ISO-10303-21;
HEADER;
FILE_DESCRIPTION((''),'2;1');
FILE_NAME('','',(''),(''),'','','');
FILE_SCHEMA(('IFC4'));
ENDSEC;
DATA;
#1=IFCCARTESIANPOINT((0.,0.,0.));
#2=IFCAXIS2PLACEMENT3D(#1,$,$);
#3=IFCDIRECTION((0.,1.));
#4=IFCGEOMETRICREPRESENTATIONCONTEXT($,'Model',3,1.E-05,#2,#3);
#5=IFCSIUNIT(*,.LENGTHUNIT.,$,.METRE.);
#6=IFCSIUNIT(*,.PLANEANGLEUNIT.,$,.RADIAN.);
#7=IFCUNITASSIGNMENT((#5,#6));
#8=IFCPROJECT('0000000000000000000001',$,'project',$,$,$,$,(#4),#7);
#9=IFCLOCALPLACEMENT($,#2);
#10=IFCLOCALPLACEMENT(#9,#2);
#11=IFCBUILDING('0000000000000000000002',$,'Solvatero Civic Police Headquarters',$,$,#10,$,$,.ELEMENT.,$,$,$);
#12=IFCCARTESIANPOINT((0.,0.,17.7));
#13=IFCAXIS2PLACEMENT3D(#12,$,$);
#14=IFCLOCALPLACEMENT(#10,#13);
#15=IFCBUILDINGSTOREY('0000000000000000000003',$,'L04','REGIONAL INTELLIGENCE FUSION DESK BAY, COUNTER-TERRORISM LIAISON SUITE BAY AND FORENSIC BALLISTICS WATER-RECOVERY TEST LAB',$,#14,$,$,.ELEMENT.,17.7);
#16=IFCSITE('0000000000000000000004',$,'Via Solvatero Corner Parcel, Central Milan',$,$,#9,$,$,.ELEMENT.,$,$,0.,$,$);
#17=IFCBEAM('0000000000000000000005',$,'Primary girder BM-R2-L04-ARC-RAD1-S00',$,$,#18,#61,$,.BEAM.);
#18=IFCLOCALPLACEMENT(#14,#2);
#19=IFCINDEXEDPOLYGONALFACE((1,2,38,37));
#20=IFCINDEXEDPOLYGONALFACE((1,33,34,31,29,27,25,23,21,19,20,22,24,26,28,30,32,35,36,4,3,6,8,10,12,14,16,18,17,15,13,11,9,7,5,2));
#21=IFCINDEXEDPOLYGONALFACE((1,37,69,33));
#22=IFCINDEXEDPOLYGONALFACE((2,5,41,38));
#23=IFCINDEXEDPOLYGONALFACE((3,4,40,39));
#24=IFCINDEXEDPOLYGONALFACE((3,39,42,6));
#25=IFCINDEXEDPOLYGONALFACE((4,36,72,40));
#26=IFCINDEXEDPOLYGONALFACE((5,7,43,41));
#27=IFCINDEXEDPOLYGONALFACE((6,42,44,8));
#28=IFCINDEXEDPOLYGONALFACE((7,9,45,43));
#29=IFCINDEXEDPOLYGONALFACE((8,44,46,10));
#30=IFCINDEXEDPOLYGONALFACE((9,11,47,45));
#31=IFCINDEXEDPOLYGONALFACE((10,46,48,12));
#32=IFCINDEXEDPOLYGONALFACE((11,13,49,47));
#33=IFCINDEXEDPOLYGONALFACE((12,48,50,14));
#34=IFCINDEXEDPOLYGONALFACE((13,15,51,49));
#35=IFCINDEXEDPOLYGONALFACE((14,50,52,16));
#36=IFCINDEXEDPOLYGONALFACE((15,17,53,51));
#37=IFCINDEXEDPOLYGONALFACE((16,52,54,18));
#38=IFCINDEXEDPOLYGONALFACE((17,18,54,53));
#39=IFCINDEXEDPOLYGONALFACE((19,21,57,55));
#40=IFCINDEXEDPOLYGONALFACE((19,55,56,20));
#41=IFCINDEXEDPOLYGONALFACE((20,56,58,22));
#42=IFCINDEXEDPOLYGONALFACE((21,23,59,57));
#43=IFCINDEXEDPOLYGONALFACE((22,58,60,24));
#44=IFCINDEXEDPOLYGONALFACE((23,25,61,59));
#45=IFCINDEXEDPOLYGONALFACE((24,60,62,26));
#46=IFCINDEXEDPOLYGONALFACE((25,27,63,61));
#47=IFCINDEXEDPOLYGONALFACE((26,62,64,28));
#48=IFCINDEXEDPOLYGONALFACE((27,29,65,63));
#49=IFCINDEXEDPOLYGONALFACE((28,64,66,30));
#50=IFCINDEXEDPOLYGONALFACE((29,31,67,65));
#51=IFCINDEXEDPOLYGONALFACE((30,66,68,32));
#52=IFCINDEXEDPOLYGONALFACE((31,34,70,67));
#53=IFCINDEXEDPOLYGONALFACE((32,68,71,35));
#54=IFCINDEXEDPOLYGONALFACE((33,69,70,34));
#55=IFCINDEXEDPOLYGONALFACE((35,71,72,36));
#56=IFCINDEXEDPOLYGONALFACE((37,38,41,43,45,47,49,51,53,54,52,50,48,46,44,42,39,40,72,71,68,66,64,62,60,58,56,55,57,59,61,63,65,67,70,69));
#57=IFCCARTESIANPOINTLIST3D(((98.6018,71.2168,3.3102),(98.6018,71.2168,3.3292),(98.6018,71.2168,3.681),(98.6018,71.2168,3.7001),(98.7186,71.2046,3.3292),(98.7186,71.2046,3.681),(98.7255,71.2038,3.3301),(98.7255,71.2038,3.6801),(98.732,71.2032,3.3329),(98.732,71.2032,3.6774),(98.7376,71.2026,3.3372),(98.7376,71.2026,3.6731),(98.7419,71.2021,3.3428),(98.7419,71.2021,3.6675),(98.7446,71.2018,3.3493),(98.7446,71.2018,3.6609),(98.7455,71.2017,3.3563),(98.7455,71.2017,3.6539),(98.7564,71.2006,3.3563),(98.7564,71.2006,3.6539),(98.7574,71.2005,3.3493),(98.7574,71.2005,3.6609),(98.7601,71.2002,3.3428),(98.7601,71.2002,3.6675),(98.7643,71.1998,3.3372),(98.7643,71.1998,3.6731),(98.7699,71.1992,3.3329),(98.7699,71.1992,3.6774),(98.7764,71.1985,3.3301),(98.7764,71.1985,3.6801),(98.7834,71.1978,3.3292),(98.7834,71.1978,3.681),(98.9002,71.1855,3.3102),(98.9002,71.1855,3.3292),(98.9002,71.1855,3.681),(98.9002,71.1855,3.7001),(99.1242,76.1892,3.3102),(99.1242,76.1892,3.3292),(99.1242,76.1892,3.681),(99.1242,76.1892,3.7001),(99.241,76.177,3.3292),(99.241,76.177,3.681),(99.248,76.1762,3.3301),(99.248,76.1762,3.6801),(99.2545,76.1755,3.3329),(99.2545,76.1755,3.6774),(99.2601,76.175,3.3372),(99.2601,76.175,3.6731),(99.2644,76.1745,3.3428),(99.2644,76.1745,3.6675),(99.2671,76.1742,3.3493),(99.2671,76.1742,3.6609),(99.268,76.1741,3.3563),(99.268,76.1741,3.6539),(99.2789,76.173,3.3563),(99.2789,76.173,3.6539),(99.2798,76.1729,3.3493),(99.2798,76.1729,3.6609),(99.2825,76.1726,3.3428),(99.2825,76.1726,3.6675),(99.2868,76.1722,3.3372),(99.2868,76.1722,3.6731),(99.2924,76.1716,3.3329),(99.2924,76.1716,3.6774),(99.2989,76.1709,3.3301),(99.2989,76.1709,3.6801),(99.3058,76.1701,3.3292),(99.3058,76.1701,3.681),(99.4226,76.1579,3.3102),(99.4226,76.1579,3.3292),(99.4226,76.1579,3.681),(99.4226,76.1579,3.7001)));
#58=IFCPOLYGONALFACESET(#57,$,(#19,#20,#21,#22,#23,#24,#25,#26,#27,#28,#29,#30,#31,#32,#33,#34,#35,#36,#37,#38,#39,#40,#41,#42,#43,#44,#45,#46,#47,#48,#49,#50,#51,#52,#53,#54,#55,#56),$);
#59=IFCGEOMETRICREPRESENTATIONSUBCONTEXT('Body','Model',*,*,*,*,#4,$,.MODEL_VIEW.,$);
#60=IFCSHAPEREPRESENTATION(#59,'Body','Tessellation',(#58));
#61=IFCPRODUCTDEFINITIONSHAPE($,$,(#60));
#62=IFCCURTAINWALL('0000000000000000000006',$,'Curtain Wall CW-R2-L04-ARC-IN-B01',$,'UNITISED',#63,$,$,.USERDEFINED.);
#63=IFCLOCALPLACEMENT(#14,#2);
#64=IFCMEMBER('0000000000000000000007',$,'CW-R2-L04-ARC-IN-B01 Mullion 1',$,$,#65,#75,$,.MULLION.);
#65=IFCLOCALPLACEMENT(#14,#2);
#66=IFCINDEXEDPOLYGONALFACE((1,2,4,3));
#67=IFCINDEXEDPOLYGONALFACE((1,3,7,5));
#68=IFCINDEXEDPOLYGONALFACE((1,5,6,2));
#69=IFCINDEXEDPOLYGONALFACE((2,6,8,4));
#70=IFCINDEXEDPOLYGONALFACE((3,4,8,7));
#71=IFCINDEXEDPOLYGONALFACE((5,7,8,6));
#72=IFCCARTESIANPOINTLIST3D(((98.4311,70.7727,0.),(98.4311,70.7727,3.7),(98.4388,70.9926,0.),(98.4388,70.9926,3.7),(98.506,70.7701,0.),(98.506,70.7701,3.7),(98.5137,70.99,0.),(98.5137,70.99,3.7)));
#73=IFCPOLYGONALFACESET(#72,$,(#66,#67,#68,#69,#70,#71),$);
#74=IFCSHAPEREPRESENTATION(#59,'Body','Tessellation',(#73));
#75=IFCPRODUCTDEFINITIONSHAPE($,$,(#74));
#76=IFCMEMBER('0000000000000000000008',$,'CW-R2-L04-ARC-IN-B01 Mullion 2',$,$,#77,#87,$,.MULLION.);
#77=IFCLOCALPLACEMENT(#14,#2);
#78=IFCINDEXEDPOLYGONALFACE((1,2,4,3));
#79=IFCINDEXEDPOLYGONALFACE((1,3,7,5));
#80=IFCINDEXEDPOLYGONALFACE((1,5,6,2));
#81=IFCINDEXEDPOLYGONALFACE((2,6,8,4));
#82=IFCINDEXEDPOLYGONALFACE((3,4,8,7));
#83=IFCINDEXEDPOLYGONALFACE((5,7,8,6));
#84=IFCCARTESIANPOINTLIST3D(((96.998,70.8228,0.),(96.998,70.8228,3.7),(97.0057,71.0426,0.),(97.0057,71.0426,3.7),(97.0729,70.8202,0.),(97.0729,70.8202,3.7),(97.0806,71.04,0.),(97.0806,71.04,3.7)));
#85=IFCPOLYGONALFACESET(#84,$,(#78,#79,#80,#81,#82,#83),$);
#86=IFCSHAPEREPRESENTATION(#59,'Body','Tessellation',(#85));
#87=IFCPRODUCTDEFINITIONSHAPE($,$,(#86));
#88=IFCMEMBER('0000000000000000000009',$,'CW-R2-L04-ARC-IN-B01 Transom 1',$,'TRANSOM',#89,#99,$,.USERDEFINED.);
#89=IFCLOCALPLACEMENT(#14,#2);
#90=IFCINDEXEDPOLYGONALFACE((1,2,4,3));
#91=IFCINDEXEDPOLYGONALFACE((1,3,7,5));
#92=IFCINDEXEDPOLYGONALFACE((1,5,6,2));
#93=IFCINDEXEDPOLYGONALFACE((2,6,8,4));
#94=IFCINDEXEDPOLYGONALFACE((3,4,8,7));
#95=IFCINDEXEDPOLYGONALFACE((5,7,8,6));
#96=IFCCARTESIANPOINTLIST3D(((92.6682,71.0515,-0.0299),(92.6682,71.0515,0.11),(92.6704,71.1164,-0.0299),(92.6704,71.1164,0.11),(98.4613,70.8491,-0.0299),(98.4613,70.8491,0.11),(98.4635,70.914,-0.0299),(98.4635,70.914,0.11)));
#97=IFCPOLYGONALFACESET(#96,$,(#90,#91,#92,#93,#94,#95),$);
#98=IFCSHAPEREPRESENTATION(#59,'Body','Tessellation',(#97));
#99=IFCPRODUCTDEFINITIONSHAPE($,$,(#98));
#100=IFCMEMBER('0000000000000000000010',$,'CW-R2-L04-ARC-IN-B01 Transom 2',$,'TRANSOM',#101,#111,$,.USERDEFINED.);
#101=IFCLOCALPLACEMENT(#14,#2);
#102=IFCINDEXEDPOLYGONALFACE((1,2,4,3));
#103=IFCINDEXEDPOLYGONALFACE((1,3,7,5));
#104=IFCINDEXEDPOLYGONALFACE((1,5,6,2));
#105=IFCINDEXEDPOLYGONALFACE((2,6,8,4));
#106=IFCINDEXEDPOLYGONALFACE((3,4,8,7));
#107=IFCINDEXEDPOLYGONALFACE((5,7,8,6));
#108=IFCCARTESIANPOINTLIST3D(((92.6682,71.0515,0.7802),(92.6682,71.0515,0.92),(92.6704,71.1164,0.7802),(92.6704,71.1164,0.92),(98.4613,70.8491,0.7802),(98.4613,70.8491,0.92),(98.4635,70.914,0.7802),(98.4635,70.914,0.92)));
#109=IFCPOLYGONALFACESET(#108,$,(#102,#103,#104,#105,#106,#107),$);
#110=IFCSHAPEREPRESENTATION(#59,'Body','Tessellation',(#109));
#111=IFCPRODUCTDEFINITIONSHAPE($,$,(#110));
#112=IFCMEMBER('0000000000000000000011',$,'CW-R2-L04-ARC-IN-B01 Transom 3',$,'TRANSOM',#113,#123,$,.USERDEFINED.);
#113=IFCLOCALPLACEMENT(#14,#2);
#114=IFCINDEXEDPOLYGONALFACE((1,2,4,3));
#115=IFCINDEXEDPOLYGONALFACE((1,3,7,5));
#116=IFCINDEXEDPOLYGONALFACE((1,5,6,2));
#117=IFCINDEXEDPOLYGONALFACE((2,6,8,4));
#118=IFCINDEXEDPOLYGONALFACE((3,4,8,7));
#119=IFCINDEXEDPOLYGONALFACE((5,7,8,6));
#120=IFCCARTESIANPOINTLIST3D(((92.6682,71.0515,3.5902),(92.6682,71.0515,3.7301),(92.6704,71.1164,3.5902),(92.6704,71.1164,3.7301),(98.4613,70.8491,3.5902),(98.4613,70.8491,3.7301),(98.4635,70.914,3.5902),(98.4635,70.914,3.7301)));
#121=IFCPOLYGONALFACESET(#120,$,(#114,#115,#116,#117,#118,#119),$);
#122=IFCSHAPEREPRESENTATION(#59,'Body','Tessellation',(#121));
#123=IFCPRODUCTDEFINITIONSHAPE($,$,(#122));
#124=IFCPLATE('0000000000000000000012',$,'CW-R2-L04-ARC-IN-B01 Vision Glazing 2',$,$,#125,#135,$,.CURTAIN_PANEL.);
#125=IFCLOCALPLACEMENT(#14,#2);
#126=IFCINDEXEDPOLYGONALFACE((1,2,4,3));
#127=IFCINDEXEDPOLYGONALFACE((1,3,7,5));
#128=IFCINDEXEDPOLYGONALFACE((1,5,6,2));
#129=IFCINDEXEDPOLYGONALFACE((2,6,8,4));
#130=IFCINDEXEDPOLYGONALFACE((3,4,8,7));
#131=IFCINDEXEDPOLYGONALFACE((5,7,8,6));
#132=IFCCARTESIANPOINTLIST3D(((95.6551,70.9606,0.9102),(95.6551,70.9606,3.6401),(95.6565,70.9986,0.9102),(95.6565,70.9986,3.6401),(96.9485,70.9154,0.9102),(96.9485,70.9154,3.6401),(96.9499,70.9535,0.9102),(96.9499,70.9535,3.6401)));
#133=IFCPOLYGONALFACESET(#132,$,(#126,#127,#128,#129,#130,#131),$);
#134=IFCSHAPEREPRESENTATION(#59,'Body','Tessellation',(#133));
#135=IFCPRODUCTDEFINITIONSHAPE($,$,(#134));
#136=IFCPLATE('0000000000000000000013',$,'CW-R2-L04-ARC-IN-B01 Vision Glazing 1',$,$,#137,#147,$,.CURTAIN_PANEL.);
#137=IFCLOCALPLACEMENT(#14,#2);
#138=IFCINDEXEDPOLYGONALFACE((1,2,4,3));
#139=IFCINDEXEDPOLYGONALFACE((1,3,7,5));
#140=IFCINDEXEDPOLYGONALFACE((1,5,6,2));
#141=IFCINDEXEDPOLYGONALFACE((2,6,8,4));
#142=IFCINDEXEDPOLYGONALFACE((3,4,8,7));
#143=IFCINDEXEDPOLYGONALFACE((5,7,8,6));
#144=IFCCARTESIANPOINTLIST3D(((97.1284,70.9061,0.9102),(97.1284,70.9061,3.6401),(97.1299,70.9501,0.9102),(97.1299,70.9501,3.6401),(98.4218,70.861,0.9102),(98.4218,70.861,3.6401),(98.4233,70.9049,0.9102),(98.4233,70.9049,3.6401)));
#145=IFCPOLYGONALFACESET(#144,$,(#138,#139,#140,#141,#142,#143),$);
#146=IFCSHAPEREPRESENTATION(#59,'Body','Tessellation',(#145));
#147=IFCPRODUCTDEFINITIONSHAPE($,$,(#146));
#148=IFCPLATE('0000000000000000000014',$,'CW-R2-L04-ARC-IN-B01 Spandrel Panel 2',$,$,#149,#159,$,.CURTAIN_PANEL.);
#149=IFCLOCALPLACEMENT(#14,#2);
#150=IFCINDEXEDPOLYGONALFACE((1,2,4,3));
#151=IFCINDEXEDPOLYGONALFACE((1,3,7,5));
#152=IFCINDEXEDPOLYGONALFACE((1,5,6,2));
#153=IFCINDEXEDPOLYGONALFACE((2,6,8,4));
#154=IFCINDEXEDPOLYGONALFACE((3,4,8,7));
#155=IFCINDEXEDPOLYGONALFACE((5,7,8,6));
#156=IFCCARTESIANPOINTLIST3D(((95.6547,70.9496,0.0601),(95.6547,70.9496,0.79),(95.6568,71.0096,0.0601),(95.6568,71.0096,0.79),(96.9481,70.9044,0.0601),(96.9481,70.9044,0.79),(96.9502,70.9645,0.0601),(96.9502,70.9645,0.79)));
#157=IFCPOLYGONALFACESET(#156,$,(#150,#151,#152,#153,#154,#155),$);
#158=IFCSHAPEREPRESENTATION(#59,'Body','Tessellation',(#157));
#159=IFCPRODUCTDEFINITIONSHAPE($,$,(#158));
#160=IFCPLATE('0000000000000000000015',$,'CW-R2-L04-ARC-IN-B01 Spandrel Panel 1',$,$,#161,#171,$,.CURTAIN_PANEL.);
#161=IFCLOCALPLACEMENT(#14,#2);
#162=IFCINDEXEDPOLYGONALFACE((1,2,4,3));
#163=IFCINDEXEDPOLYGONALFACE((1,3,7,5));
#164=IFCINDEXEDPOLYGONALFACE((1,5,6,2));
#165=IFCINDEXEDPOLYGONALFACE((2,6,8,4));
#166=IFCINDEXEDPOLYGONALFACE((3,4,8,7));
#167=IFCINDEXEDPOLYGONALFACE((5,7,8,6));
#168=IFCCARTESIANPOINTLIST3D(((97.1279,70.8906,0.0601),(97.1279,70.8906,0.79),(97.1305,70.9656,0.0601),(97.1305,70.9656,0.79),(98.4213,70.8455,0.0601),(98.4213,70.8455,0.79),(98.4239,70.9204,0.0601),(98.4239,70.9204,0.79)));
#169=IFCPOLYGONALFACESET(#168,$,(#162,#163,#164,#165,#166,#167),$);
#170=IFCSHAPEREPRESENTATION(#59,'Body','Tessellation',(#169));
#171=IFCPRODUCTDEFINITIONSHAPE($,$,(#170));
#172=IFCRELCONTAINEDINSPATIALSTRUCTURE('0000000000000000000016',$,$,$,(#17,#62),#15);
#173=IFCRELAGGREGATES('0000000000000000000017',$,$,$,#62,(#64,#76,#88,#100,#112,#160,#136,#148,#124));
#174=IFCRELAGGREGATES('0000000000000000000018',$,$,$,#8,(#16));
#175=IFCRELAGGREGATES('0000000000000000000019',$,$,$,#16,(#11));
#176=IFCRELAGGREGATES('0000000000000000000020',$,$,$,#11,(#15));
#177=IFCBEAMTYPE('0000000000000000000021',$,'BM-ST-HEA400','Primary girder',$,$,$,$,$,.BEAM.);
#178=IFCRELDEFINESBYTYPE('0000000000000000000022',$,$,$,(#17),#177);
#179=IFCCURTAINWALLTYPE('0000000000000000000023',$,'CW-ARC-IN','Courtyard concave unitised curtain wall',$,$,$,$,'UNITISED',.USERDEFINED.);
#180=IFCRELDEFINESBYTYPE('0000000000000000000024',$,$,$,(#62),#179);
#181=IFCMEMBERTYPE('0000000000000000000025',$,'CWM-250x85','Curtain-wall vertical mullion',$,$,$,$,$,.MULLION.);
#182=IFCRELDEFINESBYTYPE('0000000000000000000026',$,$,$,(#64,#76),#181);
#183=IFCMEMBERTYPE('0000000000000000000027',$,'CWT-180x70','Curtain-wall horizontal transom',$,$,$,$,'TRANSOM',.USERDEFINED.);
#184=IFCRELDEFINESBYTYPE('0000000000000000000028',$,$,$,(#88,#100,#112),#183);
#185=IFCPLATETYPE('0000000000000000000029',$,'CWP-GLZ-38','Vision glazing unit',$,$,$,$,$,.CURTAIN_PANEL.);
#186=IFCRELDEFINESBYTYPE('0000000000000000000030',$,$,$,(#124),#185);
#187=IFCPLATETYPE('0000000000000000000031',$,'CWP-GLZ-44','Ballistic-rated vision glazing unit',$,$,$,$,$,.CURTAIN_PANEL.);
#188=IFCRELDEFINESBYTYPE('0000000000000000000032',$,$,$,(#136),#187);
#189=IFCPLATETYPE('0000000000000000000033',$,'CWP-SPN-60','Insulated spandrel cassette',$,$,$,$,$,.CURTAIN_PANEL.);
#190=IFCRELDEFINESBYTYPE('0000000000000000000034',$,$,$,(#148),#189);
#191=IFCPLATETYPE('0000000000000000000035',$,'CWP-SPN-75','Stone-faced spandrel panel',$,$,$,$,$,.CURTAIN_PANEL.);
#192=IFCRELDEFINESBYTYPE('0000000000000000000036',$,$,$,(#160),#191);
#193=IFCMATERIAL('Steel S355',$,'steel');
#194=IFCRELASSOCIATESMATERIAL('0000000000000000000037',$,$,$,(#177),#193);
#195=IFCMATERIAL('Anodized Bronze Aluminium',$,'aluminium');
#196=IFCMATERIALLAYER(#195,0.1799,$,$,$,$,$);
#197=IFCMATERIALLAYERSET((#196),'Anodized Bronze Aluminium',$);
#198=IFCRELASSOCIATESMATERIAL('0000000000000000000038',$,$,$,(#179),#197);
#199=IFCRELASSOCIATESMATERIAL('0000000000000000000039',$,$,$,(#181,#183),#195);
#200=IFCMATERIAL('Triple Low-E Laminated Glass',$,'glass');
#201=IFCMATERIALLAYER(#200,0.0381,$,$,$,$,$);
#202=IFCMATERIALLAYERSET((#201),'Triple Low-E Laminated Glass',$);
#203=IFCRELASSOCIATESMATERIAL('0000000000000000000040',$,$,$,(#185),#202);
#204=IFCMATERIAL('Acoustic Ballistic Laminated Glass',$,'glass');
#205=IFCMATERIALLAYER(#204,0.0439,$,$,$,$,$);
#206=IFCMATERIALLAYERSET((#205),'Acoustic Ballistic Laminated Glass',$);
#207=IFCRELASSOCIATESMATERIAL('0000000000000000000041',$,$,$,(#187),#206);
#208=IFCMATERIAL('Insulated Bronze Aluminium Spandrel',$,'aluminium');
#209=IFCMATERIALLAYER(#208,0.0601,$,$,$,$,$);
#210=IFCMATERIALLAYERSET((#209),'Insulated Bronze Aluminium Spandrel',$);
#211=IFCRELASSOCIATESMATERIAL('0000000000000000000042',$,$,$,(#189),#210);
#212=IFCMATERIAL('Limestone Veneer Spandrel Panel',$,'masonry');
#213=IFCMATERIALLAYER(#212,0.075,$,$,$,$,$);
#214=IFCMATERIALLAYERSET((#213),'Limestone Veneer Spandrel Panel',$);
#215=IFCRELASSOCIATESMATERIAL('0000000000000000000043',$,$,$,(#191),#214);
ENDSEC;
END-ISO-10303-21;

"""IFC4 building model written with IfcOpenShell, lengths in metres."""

from ifc_helpers import new_model, si_unit, direction, frame, origin, origin_2d, place, context, subcontext, project, spatial, rectangle, i_section, extrude, material, layer, layer_set, material_profile, profile_set, type_object, element, aggregate, save


model = new_model("IFC4")

# Units and contexts
model_context = context("Model", 3, precision=1e-05, world=origin(), true_north=direction((0.0, 1.0)))
body_context = subcontext(model_context, "Body", "Model", "MODEL_VIEW")
ifc_project = project(units=[si_unit("LENGTHUNIT", "METRE"), si_unit("PLANEANGLEUNIT", "RADIAN")], contexts=[model_context])

# Site, building, storey
site_placement = place(None, origin())
site = spatial("IfcSite", under=ifc_project, at=site_placement, Name="Via Solvatero Corner Parcel, Central Milan", CompositionType="ELEMENT", RefElevation=0.0)
building_placement = place(site_placement, origin())
building = spatial("IfcBuilding", under=site, at=building_placement, Name="Solvatero Civic Police Headquarters", CompositionType="ELEMENT")
storey_placement = place(building_placement, frame((0.0, 0.0, 17.7)))
storey = spatial("IfcBuildingStorey", under=building, at=storey_placement, Name="L04", Description="REGIONAL INTELLIGENCE FUSION DESK BAY, COUNTER-TERRORISM LIAISON SUITE BAY AND FORENSIC BALLISTICS WATER-RECOVERY TEST LAB", CompositionType="ELEMENT", Elevation=17.7)

# Shared definitions
ifc_material_1 = material(Name="Steel S355", Category="steel")

# Beam
ifc_material_profile_1 = material_profile(ifc_material_1, i_section(OverallWidth=0.3, OverallDepth=0.3899, WebThickness=0.011, FlangeThickness=0.019, FilletRadius=0.0271, at=origin_2d()), Name="HEA 400")
ifc_profile_set_1 = profile_set([ifc_material_profile_1], Name="Steel S355")
beam_type_1 = type_object("IfcBeamType", Name="BM-ST-HEA400", Description="Primary girder", PredefinedType="BEAM", material=ifc_profile_set_1)
beam_1_placement = place(storey_placement, frame((98.751, 71.2012, 3.5051), z_axis=(0.104497, 0.994525, 0.0), x_axis=(-0.994525, 0.104497, 0.0)))
element("IfcBeam", 1, at=beam_1_placement, inside=storey, type_object=beam_type_1, Name="Primary girder BM-R2-L04-ARC-RAD1-S00", PredefinedType="BEAM", context=body_context, shape_type="SweptSolid", body=[
    extrude(i_section(OverallWidth=0.3, OverallDepth=0.3899, WebThickness=0.011, FlangeThickness=0.019, FilletRadius=0.0271, at=origin_2d()), origin(), (0.0, 0.0, 1.0), 4.9998),
])

# Curtain wall, members, plates
ifc_material_2 = material(Name="Anodized Bronze Aluminium", Category="aluminium")
ifc_layer_1 = layer(ifc_material_2, 0.1799)
ifc_layer_set_1 = layer_set([ifc_layer_1], Name="Anodized Bronze Aluminium")
curtain_wall_type = type_object("IfcCurtainWallType", Name="CW-ARC-IN", Description="Courtyard concave unitised curtain wall", ElementType="UNITISED", PredefinedType="USERDEFINED", material=ifc_layer_set_1)
curtain_wall_placement = place(storey_placement, origin())
curtain_wall = element("IfcCurtainWall", 2, at=curtain_wall_placement, inside=storey, type_object=curtain_wall_type, Name="Curtain Wall CW-R2-L04-ARC-IN-B01", ObjectType="UNITISED", PredefinedType="USERDEFINED")
ifc_material_profile_2 = material_profile(ifc_material_2, rectangle(XDim=0.075, YDim=0.22, at=origin_2d()), Name="ALU MULLION 75x220")
ifc_profile_set_2 = profile_set([ifc_material_profile_2], Name="Anodized Bronze Aluminium")
member_type_1 = type_object("IfcMemberType", Name="CWM-250x85", Description="Curtain-wall vertical mullion", PredefinedType="MULLION", material=ifc_profile_set_2)
member_1_placement = place(storey_placement, frame((98.4724, 70.8813, 0.0), z_axis=(0.0, 0.0, 1.0), x_axis=(-0.999391, 0.034899, 0.0)))
member_1 = element("IfcMember", 3, at=member_1_placement, type_object=member_type_1, Name="CW-R2-L04-ARC-IN-B01 Mullion 1", PredefinedType="MULLION", context=body_context, shape_type="SweptSolid", body=[
    extrude(rectangle(XDim=0.075, YDim=0.22, at=origin_2d()), origin(), (0.0, 0.0, 1.0), 3.7),
])
member_2_placement = place(storey_placement, frame((97.0393, 70.9314, 0.0), z_axis=(0.0, 0.0, 1.0), x_axis=(-0.999391, 0.034899, 0.0)))
member_2 = element("IfcMember", 4, at=member_2_placement, type_object=member_type_1, Name="CW-R2-L04-ARC-IN-B01 Mullion 2", PredefinedType="MULLION", context=body_context, shape_type="SweptSolid", body=[
    extrude(rectangle(XDim=0.075, YDim=0.22, at=origin_2d()), origin(), (0.0, 0.0, 1.0), 3.7),
])
ifc_material_profile_3 = material_profile(ifc_material_2, rectangle(XDim=0.0649, YDim=0.1399, at=origin_2d()), Name="ALU TRANSOM 65x140")
ifc_profile_set_3 = profile_set([ifc_material_profile_3], Name="Anodized Bronze Aluminium")
member_type_2 = type_object("IfcMemberType", Name="CWT-180x70", Description="Curtain-wall horizontal transom", ElementType="TRANSOM", PredefinedType="USERDEFINED", material=ifc_profile_set_3)
member_3_placement = place(storey_placement, frame((98.4624, 70.8816, 0.04), z_axis=(-0.99939, 0.034915, 0.0), x_axis=(-0.034915, -0.99939, 0.0)))
member_3 = element("IfcMember", 5, at=member_3_placement, type_object=member_type_2, Name="CW-R2-L04-ARC-IN-B01 Transom 1", ObjectType="TRANSOM", PredefinedType="USERDEFINED", context=body_context, shape_type="SweptSolid", body=[
    extrude(rectangle(XDim=0.0649, YDim=0.1399, at=origin_2d()), origin(), (0.0, 0.0, 1.0), 5.7966),
])
member_4_placement = place(storey_placement, frame((98.4624, 70.8816, 0.8501), z_axis=(-0.99939, 0.034915, 0.0), x_axis=(-0.034915, -0.99939, 0.0)))
member_4 = element("IfcMember", 6, at=member_4_placement, type_object=member_type_2, Name="CW-R2-L04-ARC-IN-B01 Transom 2", ObjectType="TRANSOM", PredefinedType="USERDEFINED", context=body_context, shape_type="SweptSolid", body=[
    extrude(rectangle(XDim=0.0649, YDim=0.1399, at=origin_2d()), origin(), (0.0, 0.0, 1.0), 5.7966),
])
member_5_placement = place(storey_placement, frame((98.4624, 70.8816, 3.6602), z_axis=(-0.99939, 0.034915, 0.0), x_axis=(-0.034915, -0.99939, 0.0)))
member_5 = element("IfcMember", 7, at=member_5_placement, type_object=member_type_2, Name="CW-R2-L04-ARC-IN-B01 Transom 3", ObjectType="TRANSOM", PredefinedType="USERDEFINED", context=body_context, shape_type="SweptSolid", body=[
    extrude(rectangle(XDim=0.0649, YDim=0.1399, at=origin_2d()), origin(), (0.0, 0.0, 1.0), 5.7966),
])
ifc_material_3 = material(Name="Triple Low-E Laminated Glass", Category="glass")
ifc_layer_2 = layer(ifc_material_3, 0.0381)
ifc_layer_set_2 = layer_set([ifc_layer_2], Name="Triple Low-E Laminated Glass")
plate_type_1 = type_object("IfcPlateType", Name="CWP-GLZ-38", Description="Vision glazing unit", PredefinedType="CURTAIN_PANEL", material=ifc_layer_set_2)
plate_1_placement = place(storey_placement, frame((96.3025, 70.957, 0.9102), z_axis=(0.0, 0.0, 1.0), x_axis=(-0.999391, 0.034899, 0.0)))
plate_1 = element("IfcPlate", 8, at=plate_1_placement, type_object=plate_type_1, Name="CW-R2-L04-ARC-IN-B01 Vision Glazing 2", PredefinedType="CURTAIN_PANEL", context=body_context, shape_type="SweptSolid", body=[
    extrude(rectangle(XDim=1.2942, YDim=0.0381, at=origin_2d()), origin(), (0.0, 0.0, 1.0), 2.73),
])
ifc_material_4 = material(Name="Acoustic Ballistic Laminated Glass", Category="glass")
ifc_layer_3 = layer(ifc_material_4, 0.0439)
ifc_layer_set_3 = layer_set([ifc_layer_3], Name="Acoustic Ballistic Laminated Glass")
plate_type_2 = type_object("IfcPlateType", Name="CWP-GLZ-44", Description="Ballistic-rated vision glazing unit", PredefinedType="CURTAIN_PANEL", material=ifc_layer_set_3)
plate_2_placement = place(storey_placement, frame((97.7759, 70.9055, 0.9102), z_axis=(0.0, 0.0, 1.0), x_axis=(-0.999391, 0.034899, 0.0)))
plate_2 = element("IfcPlate", 9, at=plate_2_placement, type_object=plate_type_2, Name="CW-R2-L04-ARC-IN-B01 Vision Glazing 1", PredefinedType="CURTAIN_PANEL", context=body_context, shape_type="SweptSolid", body=[
    extrude(rectangle(XDim=1.2942, YDim=0.0439, at=origin_2d()), origin(), (0.0, 0.0, 1.0), 2.73),
])
ifc_material_5 = material(Name="Insulated Bronze Aluminium Spandrel", Category="aluminium")
ifc_layer_4 = layer(ifc_material_5, 0.0601)
ifc_layer_set_4 = layer_set([ifc_layer_4], Name="Insulated Bronze Aluminium Spandrel")
plate_type_3 = type_object("IfcPlateType", Name="CWP-SPN-60", Description="Insulated spandrel cassette", PredefinedType="CURTAIN_PANEL", material=ifc_layer_set_4)
plate_3_placement = place(storey_placement, frame((96.3025, 70.957, 0.0601), z_axis=(0.0, 0.0, 1.0), x_axis=(-0.999391, 0.034899, 0.0)))
plate_3 = element("IfcPlate", 10, at=plate_3_placement, type_object=plate_type_3, Name="CW-R2-L04-ARC-IN-B01 Spandrel Panel 2", PredefinedType="CURTAIN_PANEL", context=body_context, shape_type="SweptSolid", body=[
    extrude(rectangle(XDim=1.2942, YDim=0.0601, at=origin_2d()), origin(), (0.0, 0.0, 1.0), 0.73),
])
ifc_material_6 = material(Name="Limestone Veneer Spandrel Panel", Category="masonry")
ifc_layer_5 = layer(ifc_material_6, 0.075)
ifc_layer_set_5 = layer_set([ifc_layer_5], Name="Limestone Veneer Spandrel Panel")
plate_type_4 = type_object("IfcPlateType", Name="CWP-SPN-75", Description="Stone-faced spandrel panel", PredefinedType="CURTAIN_PANEL", material=ifc_layer_set_5)
plate_4_placement = place(storey_placement, frame((97.7759, 70.9055, 0.0601), z_axis=(0.0, 0.0, 1.0), x_axis=(-0.999391, 0.034899, 0.0)))
plate_4 = element("IfcPlate", 11, at=plate_4_placement, type_object=plate_type_4, Name="CW-R2-L04-ARC-IN-B01 Spandrel Panel 1", PredefinedType="CURTAIN_PANEL", context=body_context, shape_type="SweptSolid", body=[
    extrude(rectangle(XDim=1.2942, YDim=0.075, at=origin_2d()), origin(), (0.0, 0.0, 1.0), 0.73),
])
aggregate(curtain_wall, [member_1, member_2, member_3, member_4, member_5, plate_4, plate_2, plate_3, plate_1])

save(model, "model.ifc")
